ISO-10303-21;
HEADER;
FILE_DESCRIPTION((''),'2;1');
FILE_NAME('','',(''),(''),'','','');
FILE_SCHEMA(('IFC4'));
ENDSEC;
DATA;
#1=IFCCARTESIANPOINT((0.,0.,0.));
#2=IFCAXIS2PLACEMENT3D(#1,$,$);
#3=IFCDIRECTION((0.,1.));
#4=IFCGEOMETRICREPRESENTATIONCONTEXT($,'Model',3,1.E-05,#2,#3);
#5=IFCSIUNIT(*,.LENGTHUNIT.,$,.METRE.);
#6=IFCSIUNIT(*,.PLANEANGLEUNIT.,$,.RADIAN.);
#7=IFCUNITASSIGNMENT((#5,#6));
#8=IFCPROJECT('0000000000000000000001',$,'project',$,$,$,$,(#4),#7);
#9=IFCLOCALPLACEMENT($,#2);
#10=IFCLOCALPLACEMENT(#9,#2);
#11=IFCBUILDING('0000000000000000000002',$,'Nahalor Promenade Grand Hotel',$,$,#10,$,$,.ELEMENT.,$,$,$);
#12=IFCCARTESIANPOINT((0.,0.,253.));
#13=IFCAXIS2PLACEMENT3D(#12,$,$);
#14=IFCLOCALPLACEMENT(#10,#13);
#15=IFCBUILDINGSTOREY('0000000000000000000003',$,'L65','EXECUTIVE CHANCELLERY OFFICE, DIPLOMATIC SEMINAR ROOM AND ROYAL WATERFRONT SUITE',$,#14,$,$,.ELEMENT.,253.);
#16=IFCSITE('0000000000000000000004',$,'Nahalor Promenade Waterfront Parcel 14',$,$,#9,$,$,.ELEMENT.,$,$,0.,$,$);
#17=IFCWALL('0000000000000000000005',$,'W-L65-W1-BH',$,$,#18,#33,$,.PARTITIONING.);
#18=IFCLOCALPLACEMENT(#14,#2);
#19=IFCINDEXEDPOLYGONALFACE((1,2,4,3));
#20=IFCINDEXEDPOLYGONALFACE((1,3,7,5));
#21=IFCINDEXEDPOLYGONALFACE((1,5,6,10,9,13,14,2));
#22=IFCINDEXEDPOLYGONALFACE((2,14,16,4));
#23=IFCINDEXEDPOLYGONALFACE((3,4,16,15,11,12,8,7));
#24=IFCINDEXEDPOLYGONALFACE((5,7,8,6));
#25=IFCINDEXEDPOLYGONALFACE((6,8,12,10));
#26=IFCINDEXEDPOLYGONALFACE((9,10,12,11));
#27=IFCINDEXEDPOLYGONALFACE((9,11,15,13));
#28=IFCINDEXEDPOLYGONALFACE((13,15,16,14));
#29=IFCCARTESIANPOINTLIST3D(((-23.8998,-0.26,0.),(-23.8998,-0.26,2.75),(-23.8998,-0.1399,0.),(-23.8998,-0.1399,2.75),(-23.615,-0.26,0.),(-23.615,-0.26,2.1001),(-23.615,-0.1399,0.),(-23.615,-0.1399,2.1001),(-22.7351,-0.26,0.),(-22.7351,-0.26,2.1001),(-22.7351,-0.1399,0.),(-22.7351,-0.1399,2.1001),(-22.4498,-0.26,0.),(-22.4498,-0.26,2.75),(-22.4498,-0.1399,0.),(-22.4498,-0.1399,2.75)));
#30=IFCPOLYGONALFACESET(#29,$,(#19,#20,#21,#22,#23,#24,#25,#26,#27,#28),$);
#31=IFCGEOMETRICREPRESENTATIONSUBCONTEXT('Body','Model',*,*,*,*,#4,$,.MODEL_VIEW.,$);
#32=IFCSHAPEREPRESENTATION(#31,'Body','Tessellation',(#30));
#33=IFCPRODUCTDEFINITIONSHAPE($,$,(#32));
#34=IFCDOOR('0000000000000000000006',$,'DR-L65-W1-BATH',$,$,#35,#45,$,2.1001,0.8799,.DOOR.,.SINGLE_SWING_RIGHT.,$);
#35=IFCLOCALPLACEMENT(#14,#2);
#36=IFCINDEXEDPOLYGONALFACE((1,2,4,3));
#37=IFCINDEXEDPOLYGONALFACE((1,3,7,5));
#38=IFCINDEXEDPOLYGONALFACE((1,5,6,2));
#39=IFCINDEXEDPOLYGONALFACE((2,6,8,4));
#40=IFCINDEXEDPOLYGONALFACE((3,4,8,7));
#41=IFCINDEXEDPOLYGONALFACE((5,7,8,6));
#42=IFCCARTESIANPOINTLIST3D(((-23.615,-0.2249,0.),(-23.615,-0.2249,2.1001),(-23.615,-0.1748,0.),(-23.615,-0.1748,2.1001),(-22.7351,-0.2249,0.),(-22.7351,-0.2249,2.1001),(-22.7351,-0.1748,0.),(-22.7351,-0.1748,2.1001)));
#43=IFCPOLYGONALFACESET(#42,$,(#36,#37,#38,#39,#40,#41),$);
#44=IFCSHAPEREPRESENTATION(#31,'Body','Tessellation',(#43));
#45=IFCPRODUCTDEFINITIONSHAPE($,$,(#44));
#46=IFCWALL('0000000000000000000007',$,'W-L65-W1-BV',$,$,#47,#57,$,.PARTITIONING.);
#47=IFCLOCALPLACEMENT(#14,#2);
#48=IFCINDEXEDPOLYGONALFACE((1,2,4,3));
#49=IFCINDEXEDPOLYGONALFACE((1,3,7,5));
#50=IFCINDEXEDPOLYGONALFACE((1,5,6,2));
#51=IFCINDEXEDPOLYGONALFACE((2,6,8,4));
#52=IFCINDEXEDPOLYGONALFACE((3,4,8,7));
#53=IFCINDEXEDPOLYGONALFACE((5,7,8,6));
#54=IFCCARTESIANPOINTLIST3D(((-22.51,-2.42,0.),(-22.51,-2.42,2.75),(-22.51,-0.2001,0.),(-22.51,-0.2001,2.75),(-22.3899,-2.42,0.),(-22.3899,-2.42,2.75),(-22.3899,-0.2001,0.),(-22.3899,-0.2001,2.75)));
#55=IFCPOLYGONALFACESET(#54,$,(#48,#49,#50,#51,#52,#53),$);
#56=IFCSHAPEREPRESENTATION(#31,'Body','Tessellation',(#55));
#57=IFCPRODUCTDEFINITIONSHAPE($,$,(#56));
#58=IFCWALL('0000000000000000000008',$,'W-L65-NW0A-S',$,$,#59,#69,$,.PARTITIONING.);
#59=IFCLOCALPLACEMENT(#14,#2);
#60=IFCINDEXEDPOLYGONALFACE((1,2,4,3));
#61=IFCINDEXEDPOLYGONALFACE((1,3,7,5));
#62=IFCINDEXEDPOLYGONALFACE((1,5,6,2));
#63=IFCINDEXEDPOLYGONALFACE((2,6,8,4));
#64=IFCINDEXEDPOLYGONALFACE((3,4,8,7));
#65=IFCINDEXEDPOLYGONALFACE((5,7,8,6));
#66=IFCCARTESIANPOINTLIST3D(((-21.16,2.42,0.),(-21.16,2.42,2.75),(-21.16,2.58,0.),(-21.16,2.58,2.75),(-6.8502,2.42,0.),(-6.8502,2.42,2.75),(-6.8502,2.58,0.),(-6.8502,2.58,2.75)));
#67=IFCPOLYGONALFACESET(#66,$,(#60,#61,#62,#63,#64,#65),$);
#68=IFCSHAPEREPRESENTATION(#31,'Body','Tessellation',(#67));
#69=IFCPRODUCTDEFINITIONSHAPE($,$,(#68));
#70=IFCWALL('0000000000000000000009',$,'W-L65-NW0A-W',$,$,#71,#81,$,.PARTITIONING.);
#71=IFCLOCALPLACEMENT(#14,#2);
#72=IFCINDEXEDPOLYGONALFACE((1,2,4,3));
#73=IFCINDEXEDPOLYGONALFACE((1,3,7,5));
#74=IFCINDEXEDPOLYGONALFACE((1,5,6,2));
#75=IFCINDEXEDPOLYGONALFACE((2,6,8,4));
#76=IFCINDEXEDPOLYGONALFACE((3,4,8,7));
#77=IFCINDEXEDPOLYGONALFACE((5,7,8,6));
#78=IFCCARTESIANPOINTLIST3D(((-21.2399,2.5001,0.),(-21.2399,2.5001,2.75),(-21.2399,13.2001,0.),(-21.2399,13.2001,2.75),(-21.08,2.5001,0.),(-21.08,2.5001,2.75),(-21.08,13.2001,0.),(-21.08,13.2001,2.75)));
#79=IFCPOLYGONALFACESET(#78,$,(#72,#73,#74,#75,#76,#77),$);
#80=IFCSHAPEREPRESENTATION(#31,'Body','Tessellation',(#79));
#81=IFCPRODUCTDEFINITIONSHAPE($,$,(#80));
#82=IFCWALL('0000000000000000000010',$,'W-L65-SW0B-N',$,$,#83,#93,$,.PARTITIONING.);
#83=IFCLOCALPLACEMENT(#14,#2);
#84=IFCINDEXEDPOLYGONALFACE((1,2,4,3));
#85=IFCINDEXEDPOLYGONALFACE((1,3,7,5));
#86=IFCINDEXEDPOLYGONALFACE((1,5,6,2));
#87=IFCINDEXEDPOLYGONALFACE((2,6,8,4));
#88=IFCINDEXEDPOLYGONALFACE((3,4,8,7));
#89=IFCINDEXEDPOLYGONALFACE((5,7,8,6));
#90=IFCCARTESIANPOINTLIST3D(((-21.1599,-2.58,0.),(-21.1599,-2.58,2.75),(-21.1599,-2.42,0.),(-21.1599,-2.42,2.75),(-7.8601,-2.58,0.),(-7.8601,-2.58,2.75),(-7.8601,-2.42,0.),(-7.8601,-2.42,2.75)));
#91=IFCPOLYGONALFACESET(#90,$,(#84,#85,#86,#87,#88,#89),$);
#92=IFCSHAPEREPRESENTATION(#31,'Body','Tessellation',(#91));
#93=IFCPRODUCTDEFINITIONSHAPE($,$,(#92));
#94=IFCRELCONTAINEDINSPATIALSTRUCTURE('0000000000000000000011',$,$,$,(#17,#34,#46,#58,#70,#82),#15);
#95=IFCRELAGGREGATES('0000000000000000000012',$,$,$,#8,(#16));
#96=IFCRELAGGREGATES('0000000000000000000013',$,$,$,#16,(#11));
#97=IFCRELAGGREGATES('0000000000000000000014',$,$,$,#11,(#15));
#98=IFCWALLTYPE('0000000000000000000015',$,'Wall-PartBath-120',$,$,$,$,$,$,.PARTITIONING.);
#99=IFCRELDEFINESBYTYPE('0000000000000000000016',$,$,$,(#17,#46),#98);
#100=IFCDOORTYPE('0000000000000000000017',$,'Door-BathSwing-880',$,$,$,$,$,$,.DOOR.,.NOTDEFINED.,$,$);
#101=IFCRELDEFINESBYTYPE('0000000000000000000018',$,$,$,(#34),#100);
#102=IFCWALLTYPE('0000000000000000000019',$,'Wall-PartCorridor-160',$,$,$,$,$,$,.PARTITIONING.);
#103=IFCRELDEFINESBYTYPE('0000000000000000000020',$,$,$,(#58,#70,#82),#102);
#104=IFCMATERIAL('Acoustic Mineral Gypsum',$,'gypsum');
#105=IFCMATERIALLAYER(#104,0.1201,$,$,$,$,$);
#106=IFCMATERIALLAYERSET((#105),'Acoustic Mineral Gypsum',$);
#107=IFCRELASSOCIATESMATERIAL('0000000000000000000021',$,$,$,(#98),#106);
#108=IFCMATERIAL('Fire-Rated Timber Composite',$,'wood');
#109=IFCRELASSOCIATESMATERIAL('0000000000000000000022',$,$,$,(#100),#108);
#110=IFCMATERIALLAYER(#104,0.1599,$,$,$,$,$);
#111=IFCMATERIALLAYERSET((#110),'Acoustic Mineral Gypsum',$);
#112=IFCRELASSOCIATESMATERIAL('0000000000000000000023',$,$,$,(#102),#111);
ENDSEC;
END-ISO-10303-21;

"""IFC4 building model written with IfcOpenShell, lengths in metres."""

from ifc_helpers import new_model, si_unit, direction, frame, frame_2d, origin, place, context, subcontext, project, spatial, rectangle, extrude, source, transform, mapped, material, layer, layer_set, type_object, element, fill, save


model = new_model("IFC4")

# Units and contexts
model_context = context("Model", 3, precision=1e-05, world=origin(), true_north=direction((0.0, 1.0)))
body_context = subcontext(model_context, "Body", "Model", "MODEL_VIEW")
ifc_project = project(units=[si_unit("LENGTHUNIT", "METRE"), si_unit("PLANEANGLEUNIT", "RADIAN")], contexts=[model_context])

# Site, building, storey
site_placement = place(None, origin())
site = spatial("IfcSite", under=ifc_project, at=site_placement, Name="Nahalor Promenade Waterfront Parcel 14", CompositionType="ELEMENT", RefElevation=0.0)
building_placement = place(site_placement, origin())
building = spatial("IfcBuilding", under=site, at=building_placement, Name="Nahalor Promenade Grand Hotel", CompositionType="ELEMENT")
storey_placement = place(building_placement, frame((0.0, 0.0, 253.0)))
storey = spatial("IfcBuildingStorey", under=building, at=storey_placement, Name="L65", Description="EXECUTIVE CHANCELLERY OFFICE, DIPLOMATIC SEMINAR ROOM AND ROYAL WATERFRONT SUITE", CompositionType="ELEMENT", Elevation=253.0)

# Wall, opening, door
ifc_material_1 = material(Name="Acoustic Mineral Gypsum", Category="gypsum")
ifc_layer_1 = layer(ifc_material_1, 0.1201)
ifc_layer_set_1 = layer_set([ifc_layer_1], Name="Acoustic Mineral Gypsum")
wall_type_1 = type_object("IfcWallType", Name="Wall-PartBath-120", PredefinedType="PARTITIONING", material=ifc_layer_set_1)
shared_shape_1 = source(origin(), body_context, "Body", "SweptSolid", [
    extrude(rectangle(XDim=1.45, YDim=0.1201, at=frame_2d((0.7251, 0.0))), origin(), (0.0, 0.0, 1.0), 2.75),
])
wall_1_placement = place(storey_placement, frame((-23.8999, -0.2, 0.0), z_axis=(0.0, 0.0, 1.0), x_axis=(1.0, 0.0, 0.0)))
wall_1 = element("IfcWall", 1, at=wall_1_placement, inside=storey, type_object=wall_type_1, Name="W-L65-W1-BH", PredefinedType="PARTITIONING", context=body_context, shape_type="MappedRepresentation", body=[
    mapped(shared_shape_1, transform((0.0, 0.0, 0.0), scale=1.0)),
])
opening_placement = place(wall_1_placement, frame((0.2849, 0.0, 0.0)))
opening = element("IfcOpeningElement", 2, at=opening_placement, cuts=wall_1, PredefinedType="OPENING", context=body_context, shape_type="SweptSolid", body=[
    extrude(rectangle(XDim=0.8799, YDim=2.1001, at=frame_2d((0.4399, 1.05))), frame((0.0, 0.0701, 0.0), z_axis=(0.0, -1.0, 0.0), x_axis=(1.0, 0.0, 0.0)), (0.0, 0.0, 1.0), 0.1401),
])
ifc_material_2 = material(Name="Fire-Rated Timber Composite", Category="wood")
door_type = type_object("IfcDoorType", Name="Door-BathSwing-880", OperationType="NOTDEFINED", PredefinedType="DOOR", material=ifc_material_2)
shared_shape_2 = source(origin(), body_context, "Body", "SweptSolid", [
    extrude(rectangle(XDim=0.8799, YDim=2.1001, at=frame_2d((0.4399, 1.05))), frame((0.0, 0.0249, 0.0), z_axis=(0.0, -1.0, 0.0), x_axis=(1.0, 0.0, 0.0)), (0.0, 0.0, 1.0), 0.05),
])
door_placement = place(opening_placement, frame((0.8799, 0.0, 0.0), z_axis=(0.0, 0.0, 1.0), x_axis=(-1.0, 0.0, 0.0)))
door = element("IfcDoor", 3, at=door_placement, inside=storey, type_object=door_type, Name="DR-L65-W1-BATH", OperationType="SINGLE_SWING_RIGHT", OverallHeight=2.1001, OverallWidth=0.8799, PredefinedType="DOOR", context=body_context, shape_type="MappedRepresentation", body=[
    mapped(shared_shape_2, transform((0.0, 0.0, 0.0), scale=1.0)),
])
fill(opening, door)

# Walls
shared_shape_3 = source(origin(), body_context, "Body", "SweptSolid", [
    extrude(rectangle(XDim=2.22, YDim=0.1201, at=frame_2d((1.1099, 0.0))), origin(), (0.0, 0.0, 1.0), 2.75),
])
wall_2_placement = place(storey_placement, frame((-22.45, -2.4199, 0.0), z_axis=(0.0, 0.0, 1.0), x_axis=(0.0, 1.0, 0.0)))
element("IfcWall", 4, at=wall_2_placement, inside=storey, type_object=wall_type_1, Name="W-L65-W1-BV", PredefinedType="PARTITIONING", context=body_context, shape_type="MappedRepresentation", body=[
    mapped(shared_shape_3, transform((0.0, 0.0, 0.0), scale=1.0)),
])
ifc_layer_2 = layer(ifc_material_1, 0.1599)
ifc_layer_set_2 = layer_set([ifc_layer_2], Name="Acoustic Mineral Gypsum")
wall_type_2 = type_object("IfcWallType", Name="Wall-PartCorridor-160", PredefinedType="PARTITIONING", material=ifc_layer_set_2)
shared_shape_4 = source(origin(), body_context, "Body", "SweptSolid", [
    extrude(rectangle(XDim=14.3098, YDim=0.1599, at=frame_2d((7.1548, 0.0))), origin(), (0.0, 0.0, 1.0), 2.75),
])
wall_3_placement = place(storey_placement, frame((-21.1599, 2.5, 0.0), z_axis=(0.0, 0.0, 1.0), x_axis=(1.0, 0.0, 0.0)))
element("IfcWall", 5, at=wall_3_placement, inside=storey, type_object=wall_type_2, Name="W-L65-NW0A-S", PredefinedType="PARTITIONING", context=body_context, shape_type="MappedRepresentation", body=[
    mapped(shared_shape_4, transform((0.0, 0.0, 0.0), scale=1.0)),
])
shared_shape_5 = source(origin(), body_context, "Body", "SweptSolid", [
    extrude(rectangle(XDim=10.7, YDim=0.1599, at=frame_2d((5.3501, 0.0))), origin(), (0.0, 0.0, 1.0), 2.75),
])
wall_4_placement = place(storey_placement, frame((-21.1599, 2.5, 0.0), z_axis=(0.0, 0.0, 1.0), x_axis=(0.0, 1.0, 0.0)))
element("IfcWall", 6, at=wall_4_placement, inside=storey, type_object=wall_type_2, Name="W-L65-NW0A-W", PredefinedType="PARTITIONING", context=body_context, shape_type="MappedRepresentation", body=[
    mapped(shared_shape_5, transform((0.0, 0.0, 0.0), scale=1.0)),
])
shared_shape_6 = source(origin(), body_context, "Body", "SweptSolid", [
    extrude(rectangle(XDim=13.2998, YDim=0.1599, at=frame_2d((6.6499, 0.0))), origin(), (0.0, 0.0, 1.0), 2.75),
])
wall_5_placement = place(storey_placement, frame((-21.1599, -2.5, 0.0), z_axis=(0.0, 0.0, 1.0), x_axis=(1.0, 0.0, 0.0)))
element("IfcWall", 7, at=wall_5_placement, inside=storey, type_object=wall_type_2, Name="W-L65-SW0B-N", PredefinedType="PARTITIONING", context=body_context, shape_type="MappedRepresentation", body=[
    mapped(shared_shape_6, transform((0.0, 0.0, 0.0), scale=1.0)),
])

save(model, "model.ifc")
